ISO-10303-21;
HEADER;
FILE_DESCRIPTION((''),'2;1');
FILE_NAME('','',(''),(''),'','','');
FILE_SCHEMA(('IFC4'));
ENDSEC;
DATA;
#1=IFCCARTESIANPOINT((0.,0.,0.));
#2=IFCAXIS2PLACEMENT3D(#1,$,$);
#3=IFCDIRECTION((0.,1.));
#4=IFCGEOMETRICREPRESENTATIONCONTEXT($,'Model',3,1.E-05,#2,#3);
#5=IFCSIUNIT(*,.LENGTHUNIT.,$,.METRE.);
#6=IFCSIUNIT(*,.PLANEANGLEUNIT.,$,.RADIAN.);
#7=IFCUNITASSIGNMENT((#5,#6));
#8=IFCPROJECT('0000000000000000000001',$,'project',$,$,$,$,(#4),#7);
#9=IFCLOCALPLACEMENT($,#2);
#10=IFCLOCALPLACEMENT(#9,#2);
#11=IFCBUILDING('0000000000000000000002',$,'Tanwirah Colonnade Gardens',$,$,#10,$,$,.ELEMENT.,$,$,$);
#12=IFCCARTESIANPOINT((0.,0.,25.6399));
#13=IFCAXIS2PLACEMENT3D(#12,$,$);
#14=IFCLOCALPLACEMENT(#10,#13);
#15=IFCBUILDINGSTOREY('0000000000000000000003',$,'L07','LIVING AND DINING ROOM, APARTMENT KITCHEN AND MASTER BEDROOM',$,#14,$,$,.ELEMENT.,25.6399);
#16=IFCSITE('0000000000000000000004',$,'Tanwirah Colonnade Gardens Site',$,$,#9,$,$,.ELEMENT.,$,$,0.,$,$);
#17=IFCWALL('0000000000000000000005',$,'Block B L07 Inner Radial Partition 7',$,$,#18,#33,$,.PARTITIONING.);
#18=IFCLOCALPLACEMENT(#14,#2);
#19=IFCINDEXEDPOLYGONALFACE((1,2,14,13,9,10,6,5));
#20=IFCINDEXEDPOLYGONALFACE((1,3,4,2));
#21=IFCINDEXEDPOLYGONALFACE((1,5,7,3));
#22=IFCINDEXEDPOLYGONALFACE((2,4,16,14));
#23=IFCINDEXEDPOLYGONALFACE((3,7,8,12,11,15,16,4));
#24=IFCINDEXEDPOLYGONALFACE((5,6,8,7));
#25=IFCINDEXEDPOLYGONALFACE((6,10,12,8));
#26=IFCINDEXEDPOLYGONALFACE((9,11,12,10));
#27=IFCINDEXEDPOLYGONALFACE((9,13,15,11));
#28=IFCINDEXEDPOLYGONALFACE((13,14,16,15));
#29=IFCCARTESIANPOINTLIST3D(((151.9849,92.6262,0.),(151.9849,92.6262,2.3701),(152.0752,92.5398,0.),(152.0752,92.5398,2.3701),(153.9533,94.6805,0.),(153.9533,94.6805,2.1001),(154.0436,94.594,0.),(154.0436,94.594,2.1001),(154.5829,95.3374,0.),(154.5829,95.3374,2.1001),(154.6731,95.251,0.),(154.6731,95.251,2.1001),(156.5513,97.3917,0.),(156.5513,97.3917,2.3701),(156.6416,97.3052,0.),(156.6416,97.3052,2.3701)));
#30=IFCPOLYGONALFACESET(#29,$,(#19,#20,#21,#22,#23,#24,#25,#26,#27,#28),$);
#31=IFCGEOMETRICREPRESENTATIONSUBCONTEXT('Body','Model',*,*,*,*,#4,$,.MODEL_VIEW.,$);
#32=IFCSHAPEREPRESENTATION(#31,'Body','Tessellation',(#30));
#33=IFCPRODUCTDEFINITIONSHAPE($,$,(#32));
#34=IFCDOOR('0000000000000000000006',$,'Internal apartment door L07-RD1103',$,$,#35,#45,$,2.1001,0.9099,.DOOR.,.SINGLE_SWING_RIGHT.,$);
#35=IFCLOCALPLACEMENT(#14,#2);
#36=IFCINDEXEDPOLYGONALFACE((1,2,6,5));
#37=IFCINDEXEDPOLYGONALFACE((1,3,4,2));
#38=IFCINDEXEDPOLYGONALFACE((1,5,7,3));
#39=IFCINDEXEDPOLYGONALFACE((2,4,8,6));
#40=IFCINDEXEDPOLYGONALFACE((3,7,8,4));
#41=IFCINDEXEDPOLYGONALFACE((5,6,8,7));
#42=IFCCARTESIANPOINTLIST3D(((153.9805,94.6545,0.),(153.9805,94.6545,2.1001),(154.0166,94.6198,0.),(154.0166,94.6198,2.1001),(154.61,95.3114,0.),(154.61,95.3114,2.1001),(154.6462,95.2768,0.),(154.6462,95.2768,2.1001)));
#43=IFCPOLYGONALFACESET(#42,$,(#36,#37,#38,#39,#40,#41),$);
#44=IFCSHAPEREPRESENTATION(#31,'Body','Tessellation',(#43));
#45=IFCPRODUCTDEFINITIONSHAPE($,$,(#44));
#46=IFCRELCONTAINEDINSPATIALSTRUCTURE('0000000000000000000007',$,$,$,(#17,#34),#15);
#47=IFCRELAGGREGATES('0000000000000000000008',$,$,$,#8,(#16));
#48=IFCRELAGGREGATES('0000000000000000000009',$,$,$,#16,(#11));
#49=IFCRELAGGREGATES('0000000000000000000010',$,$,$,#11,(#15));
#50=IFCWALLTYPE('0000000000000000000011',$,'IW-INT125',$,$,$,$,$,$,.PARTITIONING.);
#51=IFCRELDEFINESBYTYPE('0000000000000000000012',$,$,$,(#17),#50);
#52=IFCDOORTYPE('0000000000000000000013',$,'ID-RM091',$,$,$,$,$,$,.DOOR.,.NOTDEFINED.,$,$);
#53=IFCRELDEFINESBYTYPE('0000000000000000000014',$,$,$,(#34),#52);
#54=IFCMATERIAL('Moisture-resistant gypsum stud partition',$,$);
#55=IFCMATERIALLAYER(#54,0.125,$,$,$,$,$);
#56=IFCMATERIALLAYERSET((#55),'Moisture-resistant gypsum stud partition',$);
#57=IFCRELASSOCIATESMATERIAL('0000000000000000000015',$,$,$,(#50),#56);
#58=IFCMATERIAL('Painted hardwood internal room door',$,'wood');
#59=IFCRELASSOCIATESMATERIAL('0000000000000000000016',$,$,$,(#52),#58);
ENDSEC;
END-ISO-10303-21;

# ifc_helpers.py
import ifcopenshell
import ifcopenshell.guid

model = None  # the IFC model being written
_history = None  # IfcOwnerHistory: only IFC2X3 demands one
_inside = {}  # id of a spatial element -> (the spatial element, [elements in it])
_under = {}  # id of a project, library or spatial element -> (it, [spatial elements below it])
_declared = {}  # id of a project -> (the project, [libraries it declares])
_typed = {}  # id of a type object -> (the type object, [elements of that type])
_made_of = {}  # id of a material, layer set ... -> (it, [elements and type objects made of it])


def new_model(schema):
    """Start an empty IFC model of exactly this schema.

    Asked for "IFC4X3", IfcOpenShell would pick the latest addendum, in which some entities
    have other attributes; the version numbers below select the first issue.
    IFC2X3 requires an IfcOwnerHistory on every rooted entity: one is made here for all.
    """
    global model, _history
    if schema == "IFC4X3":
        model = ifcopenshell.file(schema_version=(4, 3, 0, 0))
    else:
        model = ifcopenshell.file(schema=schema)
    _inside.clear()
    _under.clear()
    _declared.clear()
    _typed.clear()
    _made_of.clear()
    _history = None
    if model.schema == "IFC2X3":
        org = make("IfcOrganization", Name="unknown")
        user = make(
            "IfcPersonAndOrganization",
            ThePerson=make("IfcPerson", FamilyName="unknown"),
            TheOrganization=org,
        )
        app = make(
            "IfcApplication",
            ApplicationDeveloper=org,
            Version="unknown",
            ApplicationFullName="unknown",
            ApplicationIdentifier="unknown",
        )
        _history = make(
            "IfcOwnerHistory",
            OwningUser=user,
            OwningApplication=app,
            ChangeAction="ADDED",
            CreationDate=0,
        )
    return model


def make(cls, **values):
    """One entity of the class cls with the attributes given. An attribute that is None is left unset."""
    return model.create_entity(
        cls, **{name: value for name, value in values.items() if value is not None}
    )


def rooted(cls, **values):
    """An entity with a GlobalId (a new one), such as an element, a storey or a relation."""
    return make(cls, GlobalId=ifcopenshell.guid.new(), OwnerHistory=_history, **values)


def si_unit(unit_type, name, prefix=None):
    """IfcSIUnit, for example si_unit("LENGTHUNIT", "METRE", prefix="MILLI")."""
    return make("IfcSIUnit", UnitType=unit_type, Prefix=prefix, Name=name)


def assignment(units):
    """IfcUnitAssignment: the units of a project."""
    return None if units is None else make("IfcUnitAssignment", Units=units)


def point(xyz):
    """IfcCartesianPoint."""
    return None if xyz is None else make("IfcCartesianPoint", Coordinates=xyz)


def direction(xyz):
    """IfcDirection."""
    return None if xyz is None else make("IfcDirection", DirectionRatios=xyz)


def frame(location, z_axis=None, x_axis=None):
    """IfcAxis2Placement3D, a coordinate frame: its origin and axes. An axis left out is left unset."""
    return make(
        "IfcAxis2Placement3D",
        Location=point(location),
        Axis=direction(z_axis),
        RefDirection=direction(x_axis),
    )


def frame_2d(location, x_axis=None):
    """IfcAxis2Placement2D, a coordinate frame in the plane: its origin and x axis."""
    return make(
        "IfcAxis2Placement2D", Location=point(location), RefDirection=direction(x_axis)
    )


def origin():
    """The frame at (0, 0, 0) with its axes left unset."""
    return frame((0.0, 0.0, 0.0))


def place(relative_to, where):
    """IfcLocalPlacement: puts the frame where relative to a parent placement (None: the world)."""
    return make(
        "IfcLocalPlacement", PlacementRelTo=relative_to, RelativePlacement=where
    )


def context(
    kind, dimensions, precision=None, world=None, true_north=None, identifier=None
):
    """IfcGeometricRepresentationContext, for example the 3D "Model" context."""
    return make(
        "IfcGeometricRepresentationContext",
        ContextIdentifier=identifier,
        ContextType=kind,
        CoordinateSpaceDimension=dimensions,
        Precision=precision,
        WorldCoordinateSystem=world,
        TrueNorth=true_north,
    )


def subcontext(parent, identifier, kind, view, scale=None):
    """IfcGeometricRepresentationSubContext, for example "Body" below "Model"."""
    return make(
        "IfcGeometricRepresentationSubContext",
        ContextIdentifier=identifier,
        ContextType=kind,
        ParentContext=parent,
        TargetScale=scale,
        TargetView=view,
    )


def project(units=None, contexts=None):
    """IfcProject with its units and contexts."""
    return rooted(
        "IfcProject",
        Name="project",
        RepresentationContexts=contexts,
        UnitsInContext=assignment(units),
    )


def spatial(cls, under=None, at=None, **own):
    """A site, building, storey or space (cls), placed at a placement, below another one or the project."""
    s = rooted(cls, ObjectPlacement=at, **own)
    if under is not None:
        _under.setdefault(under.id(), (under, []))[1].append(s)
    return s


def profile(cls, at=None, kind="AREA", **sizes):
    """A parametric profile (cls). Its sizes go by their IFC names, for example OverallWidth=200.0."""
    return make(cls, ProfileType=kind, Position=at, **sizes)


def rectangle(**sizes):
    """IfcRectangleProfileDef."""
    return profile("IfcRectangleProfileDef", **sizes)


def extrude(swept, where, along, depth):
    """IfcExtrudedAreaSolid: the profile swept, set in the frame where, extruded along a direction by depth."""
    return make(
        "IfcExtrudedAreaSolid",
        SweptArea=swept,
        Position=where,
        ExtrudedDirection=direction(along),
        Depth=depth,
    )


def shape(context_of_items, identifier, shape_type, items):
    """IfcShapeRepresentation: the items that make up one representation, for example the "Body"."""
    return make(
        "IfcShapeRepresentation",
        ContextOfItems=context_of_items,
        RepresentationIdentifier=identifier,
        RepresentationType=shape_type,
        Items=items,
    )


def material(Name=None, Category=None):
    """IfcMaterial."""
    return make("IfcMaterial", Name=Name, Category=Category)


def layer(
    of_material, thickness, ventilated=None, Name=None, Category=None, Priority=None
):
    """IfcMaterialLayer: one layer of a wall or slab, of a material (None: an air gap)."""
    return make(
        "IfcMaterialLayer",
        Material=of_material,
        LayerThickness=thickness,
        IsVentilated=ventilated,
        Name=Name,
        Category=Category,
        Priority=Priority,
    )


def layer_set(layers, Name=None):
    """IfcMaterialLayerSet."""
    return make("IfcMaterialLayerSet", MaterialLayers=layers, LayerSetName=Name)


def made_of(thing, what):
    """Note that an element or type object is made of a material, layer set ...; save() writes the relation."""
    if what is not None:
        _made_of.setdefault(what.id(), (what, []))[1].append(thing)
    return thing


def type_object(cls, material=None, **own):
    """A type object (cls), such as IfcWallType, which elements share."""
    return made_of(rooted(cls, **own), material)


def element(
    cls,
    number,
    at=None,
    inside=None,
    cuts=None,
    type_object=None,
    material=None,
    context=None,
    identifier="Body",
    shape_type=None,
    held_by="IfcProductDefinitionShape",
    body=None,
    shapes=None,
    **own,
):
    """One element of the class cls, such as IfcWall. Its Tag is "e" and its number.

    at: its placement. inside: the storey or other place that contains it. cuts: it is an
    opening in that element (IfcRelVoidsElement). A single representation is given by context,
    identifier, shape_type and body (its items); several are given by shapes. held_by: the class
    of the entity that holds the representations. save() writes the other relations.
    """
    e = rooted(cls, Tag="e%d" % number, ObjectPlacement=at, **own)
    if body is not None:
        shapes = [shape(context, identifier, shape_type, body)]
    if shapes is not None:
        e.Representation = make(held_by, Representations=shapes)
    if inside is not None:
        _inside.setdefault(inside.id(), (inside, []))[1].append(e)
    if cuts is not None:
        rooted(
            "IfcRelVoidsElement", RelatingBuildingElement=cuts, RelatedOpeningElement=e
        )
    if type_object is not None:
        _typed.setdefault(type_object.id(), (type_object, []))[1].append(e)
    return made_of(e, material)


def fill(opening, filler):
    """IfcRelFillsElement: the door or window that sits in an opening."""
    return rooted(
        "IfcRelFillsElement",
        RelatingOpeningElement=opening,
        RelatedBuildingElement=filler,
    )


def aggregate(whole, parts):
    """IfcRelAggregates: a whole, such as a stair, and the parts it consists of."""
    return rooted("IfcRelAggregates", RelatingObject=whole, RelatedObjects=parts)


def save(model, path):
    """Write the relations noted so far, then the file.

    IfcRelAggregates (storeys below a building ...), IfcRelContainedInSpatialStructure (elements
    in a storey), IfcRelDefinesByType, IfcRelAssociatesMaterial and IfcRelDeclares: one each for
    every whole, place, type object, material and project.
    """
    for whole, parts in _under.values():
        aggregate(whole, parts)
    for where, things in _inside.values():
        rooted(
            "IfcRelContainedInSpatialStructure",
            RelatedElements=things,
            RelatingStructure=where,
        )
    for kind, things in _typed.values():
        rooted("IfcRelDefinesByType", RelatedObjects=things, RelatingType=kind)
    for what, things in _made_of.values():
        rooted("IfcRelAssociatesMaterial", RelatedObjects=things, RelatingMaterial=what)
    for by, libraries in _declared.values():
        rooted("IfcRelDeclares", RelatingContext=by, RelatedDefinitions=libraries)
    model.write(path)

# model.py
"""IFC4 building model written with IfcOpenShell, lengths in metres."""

from ifc_helpers import new_model, si_unit, direction, frame, frame_2d, origin, place, context, subcontext, project, spatial, rectangle, extrude, material, layer, layer_set, type_object, element, fill, save


model = new_model("IFC4")

# Units and contexts
model_context = context("Model", 3, precision=1e-05, world=origin(), true_north=direction((0.0, 1.0)))
body_context = subcontext(model_context, "Body", "Model", "MODEL_VIEW")
ifc_project = project(units=[si_unit("LENGTHUNIT", "METRE"), si_unit("PLANEANGLEUNIT", "RADIAN")], contexts=[model_context])

# Site, building, storey
site_placement = place(None, origin())
site = spatial("IfcSite", under=ifc_project, at=site_placement, Name="Tanwirah Colonnade Gardens Site", CompositionType="ELEMENT", RefElevation=0.0)
building_placement = place(site_placement, origin())
building = spatial("IfcBuilding", under=site, at=building_placement, Name="Tanwirah Colonnade Gardens", CompositionType="ELEMENT")
storey_placement = place(building_placement, frame((0.0, 0.0, 25.6399)))
storey = spatial("IfcBuildingStorey", under=building, at=storey_placement, Name="L07", Description="LIVING AND DINING ROOM, APARTMENT KITCHEN AND MASTER BEDROOM", CompositionType="ELEMENT", Elevation=25.6399)

# Wall, opening, door
ifc_material_1 = material(Name="Moisture-resistant gypsum stud partition")
ifc_layer_1 = layer(ifc_material_1, 0.125)
ifc_layer_set_1 = layer_set([ifc_layer_1], Name="Moisture-resistant gypsum stud partition")
wall_type_1 = type_object("IfcWallType", Name="IW-INT125", PredefinedType="PARTITIONING", material=ifc_layer_set_1)
wall_1_placement = place(storey_placement, frame((152.03, 92.583, 0.0), z_axis=(0.0, 0.0, 1.0), x_axis=(0.691872, 0.72202, 0.0)))
wall_1 = element("IfcWall", 1, at=wall_1_placement, inside=storey, type_object=wall_type_1, Name="Block B L07 Inner Radial Partition 7", PredefinedType="PARTITIONING", context=body_context, shape_type="SweptSolid", body=[
    extrude(rectangle(XDim=6.6001, YDim=0.125, at=frame_2d((3.3, 0.0))), origin(), (0.0, 0.0, 1.0), 2.3701),
])
opening_1_placement = place(wall_1_placement, frame((2.845, 0.0, 0.0)))
opening_1 = element("IfcOpeningElement", 2, at=opening_1_placement, cuts=wall_1, PredefinedType="OPENING", context=body_context, shape_type="SweptSolid", body=[
    extrude(rectangle(XDim=0.9099, YDim=2.1001, at=frame_2d((0.4551, 1.05))), frame((0.0, 0.0725, 0.0), z_axis=(0.0, -1.0, 0.0), x_axis=(1.0, 0.0, 0.0)), (0.0, 0.0, 1.0), 0.145),
])
ifc_material_2 = material(Name="Painted hardwood internal room door", Category="wood")
door_type_1 = type_object("IfcDoorType", Name="ID-RM091", OperationType="NOTDEFINED", PredefinedType="DOOR", material=ifc_material_2)
door_1_placement = place(opening_1_placement, origin())
door_1 = element("IfcDoor", 3, at=door_1_placement, inside=storey, type_object=door_type_1, Name="Internal apartment door L07-RD1103", OperationType="SINGLE_SWING_RIGHT", OverallHeight=2.1001, OverallWidth=0.9099, PredefinedType="DOOR", context=body_context, shape_type="SweptSolid", body=[
    extrude(rectangle(XDim=0.9099, YDim=2.1001, at=frame_2d((0.4551, 1.05))), frame((0.0, 0.0249, 0.0), z_axis=(0.0, -1.0, 0.0), x_axis=(1.0, 0.0, 0.0)), (0.0, 0.0, 1.0), 0.05),
])
fill(opening_1, door_1)

save(model, "model.ifc")
